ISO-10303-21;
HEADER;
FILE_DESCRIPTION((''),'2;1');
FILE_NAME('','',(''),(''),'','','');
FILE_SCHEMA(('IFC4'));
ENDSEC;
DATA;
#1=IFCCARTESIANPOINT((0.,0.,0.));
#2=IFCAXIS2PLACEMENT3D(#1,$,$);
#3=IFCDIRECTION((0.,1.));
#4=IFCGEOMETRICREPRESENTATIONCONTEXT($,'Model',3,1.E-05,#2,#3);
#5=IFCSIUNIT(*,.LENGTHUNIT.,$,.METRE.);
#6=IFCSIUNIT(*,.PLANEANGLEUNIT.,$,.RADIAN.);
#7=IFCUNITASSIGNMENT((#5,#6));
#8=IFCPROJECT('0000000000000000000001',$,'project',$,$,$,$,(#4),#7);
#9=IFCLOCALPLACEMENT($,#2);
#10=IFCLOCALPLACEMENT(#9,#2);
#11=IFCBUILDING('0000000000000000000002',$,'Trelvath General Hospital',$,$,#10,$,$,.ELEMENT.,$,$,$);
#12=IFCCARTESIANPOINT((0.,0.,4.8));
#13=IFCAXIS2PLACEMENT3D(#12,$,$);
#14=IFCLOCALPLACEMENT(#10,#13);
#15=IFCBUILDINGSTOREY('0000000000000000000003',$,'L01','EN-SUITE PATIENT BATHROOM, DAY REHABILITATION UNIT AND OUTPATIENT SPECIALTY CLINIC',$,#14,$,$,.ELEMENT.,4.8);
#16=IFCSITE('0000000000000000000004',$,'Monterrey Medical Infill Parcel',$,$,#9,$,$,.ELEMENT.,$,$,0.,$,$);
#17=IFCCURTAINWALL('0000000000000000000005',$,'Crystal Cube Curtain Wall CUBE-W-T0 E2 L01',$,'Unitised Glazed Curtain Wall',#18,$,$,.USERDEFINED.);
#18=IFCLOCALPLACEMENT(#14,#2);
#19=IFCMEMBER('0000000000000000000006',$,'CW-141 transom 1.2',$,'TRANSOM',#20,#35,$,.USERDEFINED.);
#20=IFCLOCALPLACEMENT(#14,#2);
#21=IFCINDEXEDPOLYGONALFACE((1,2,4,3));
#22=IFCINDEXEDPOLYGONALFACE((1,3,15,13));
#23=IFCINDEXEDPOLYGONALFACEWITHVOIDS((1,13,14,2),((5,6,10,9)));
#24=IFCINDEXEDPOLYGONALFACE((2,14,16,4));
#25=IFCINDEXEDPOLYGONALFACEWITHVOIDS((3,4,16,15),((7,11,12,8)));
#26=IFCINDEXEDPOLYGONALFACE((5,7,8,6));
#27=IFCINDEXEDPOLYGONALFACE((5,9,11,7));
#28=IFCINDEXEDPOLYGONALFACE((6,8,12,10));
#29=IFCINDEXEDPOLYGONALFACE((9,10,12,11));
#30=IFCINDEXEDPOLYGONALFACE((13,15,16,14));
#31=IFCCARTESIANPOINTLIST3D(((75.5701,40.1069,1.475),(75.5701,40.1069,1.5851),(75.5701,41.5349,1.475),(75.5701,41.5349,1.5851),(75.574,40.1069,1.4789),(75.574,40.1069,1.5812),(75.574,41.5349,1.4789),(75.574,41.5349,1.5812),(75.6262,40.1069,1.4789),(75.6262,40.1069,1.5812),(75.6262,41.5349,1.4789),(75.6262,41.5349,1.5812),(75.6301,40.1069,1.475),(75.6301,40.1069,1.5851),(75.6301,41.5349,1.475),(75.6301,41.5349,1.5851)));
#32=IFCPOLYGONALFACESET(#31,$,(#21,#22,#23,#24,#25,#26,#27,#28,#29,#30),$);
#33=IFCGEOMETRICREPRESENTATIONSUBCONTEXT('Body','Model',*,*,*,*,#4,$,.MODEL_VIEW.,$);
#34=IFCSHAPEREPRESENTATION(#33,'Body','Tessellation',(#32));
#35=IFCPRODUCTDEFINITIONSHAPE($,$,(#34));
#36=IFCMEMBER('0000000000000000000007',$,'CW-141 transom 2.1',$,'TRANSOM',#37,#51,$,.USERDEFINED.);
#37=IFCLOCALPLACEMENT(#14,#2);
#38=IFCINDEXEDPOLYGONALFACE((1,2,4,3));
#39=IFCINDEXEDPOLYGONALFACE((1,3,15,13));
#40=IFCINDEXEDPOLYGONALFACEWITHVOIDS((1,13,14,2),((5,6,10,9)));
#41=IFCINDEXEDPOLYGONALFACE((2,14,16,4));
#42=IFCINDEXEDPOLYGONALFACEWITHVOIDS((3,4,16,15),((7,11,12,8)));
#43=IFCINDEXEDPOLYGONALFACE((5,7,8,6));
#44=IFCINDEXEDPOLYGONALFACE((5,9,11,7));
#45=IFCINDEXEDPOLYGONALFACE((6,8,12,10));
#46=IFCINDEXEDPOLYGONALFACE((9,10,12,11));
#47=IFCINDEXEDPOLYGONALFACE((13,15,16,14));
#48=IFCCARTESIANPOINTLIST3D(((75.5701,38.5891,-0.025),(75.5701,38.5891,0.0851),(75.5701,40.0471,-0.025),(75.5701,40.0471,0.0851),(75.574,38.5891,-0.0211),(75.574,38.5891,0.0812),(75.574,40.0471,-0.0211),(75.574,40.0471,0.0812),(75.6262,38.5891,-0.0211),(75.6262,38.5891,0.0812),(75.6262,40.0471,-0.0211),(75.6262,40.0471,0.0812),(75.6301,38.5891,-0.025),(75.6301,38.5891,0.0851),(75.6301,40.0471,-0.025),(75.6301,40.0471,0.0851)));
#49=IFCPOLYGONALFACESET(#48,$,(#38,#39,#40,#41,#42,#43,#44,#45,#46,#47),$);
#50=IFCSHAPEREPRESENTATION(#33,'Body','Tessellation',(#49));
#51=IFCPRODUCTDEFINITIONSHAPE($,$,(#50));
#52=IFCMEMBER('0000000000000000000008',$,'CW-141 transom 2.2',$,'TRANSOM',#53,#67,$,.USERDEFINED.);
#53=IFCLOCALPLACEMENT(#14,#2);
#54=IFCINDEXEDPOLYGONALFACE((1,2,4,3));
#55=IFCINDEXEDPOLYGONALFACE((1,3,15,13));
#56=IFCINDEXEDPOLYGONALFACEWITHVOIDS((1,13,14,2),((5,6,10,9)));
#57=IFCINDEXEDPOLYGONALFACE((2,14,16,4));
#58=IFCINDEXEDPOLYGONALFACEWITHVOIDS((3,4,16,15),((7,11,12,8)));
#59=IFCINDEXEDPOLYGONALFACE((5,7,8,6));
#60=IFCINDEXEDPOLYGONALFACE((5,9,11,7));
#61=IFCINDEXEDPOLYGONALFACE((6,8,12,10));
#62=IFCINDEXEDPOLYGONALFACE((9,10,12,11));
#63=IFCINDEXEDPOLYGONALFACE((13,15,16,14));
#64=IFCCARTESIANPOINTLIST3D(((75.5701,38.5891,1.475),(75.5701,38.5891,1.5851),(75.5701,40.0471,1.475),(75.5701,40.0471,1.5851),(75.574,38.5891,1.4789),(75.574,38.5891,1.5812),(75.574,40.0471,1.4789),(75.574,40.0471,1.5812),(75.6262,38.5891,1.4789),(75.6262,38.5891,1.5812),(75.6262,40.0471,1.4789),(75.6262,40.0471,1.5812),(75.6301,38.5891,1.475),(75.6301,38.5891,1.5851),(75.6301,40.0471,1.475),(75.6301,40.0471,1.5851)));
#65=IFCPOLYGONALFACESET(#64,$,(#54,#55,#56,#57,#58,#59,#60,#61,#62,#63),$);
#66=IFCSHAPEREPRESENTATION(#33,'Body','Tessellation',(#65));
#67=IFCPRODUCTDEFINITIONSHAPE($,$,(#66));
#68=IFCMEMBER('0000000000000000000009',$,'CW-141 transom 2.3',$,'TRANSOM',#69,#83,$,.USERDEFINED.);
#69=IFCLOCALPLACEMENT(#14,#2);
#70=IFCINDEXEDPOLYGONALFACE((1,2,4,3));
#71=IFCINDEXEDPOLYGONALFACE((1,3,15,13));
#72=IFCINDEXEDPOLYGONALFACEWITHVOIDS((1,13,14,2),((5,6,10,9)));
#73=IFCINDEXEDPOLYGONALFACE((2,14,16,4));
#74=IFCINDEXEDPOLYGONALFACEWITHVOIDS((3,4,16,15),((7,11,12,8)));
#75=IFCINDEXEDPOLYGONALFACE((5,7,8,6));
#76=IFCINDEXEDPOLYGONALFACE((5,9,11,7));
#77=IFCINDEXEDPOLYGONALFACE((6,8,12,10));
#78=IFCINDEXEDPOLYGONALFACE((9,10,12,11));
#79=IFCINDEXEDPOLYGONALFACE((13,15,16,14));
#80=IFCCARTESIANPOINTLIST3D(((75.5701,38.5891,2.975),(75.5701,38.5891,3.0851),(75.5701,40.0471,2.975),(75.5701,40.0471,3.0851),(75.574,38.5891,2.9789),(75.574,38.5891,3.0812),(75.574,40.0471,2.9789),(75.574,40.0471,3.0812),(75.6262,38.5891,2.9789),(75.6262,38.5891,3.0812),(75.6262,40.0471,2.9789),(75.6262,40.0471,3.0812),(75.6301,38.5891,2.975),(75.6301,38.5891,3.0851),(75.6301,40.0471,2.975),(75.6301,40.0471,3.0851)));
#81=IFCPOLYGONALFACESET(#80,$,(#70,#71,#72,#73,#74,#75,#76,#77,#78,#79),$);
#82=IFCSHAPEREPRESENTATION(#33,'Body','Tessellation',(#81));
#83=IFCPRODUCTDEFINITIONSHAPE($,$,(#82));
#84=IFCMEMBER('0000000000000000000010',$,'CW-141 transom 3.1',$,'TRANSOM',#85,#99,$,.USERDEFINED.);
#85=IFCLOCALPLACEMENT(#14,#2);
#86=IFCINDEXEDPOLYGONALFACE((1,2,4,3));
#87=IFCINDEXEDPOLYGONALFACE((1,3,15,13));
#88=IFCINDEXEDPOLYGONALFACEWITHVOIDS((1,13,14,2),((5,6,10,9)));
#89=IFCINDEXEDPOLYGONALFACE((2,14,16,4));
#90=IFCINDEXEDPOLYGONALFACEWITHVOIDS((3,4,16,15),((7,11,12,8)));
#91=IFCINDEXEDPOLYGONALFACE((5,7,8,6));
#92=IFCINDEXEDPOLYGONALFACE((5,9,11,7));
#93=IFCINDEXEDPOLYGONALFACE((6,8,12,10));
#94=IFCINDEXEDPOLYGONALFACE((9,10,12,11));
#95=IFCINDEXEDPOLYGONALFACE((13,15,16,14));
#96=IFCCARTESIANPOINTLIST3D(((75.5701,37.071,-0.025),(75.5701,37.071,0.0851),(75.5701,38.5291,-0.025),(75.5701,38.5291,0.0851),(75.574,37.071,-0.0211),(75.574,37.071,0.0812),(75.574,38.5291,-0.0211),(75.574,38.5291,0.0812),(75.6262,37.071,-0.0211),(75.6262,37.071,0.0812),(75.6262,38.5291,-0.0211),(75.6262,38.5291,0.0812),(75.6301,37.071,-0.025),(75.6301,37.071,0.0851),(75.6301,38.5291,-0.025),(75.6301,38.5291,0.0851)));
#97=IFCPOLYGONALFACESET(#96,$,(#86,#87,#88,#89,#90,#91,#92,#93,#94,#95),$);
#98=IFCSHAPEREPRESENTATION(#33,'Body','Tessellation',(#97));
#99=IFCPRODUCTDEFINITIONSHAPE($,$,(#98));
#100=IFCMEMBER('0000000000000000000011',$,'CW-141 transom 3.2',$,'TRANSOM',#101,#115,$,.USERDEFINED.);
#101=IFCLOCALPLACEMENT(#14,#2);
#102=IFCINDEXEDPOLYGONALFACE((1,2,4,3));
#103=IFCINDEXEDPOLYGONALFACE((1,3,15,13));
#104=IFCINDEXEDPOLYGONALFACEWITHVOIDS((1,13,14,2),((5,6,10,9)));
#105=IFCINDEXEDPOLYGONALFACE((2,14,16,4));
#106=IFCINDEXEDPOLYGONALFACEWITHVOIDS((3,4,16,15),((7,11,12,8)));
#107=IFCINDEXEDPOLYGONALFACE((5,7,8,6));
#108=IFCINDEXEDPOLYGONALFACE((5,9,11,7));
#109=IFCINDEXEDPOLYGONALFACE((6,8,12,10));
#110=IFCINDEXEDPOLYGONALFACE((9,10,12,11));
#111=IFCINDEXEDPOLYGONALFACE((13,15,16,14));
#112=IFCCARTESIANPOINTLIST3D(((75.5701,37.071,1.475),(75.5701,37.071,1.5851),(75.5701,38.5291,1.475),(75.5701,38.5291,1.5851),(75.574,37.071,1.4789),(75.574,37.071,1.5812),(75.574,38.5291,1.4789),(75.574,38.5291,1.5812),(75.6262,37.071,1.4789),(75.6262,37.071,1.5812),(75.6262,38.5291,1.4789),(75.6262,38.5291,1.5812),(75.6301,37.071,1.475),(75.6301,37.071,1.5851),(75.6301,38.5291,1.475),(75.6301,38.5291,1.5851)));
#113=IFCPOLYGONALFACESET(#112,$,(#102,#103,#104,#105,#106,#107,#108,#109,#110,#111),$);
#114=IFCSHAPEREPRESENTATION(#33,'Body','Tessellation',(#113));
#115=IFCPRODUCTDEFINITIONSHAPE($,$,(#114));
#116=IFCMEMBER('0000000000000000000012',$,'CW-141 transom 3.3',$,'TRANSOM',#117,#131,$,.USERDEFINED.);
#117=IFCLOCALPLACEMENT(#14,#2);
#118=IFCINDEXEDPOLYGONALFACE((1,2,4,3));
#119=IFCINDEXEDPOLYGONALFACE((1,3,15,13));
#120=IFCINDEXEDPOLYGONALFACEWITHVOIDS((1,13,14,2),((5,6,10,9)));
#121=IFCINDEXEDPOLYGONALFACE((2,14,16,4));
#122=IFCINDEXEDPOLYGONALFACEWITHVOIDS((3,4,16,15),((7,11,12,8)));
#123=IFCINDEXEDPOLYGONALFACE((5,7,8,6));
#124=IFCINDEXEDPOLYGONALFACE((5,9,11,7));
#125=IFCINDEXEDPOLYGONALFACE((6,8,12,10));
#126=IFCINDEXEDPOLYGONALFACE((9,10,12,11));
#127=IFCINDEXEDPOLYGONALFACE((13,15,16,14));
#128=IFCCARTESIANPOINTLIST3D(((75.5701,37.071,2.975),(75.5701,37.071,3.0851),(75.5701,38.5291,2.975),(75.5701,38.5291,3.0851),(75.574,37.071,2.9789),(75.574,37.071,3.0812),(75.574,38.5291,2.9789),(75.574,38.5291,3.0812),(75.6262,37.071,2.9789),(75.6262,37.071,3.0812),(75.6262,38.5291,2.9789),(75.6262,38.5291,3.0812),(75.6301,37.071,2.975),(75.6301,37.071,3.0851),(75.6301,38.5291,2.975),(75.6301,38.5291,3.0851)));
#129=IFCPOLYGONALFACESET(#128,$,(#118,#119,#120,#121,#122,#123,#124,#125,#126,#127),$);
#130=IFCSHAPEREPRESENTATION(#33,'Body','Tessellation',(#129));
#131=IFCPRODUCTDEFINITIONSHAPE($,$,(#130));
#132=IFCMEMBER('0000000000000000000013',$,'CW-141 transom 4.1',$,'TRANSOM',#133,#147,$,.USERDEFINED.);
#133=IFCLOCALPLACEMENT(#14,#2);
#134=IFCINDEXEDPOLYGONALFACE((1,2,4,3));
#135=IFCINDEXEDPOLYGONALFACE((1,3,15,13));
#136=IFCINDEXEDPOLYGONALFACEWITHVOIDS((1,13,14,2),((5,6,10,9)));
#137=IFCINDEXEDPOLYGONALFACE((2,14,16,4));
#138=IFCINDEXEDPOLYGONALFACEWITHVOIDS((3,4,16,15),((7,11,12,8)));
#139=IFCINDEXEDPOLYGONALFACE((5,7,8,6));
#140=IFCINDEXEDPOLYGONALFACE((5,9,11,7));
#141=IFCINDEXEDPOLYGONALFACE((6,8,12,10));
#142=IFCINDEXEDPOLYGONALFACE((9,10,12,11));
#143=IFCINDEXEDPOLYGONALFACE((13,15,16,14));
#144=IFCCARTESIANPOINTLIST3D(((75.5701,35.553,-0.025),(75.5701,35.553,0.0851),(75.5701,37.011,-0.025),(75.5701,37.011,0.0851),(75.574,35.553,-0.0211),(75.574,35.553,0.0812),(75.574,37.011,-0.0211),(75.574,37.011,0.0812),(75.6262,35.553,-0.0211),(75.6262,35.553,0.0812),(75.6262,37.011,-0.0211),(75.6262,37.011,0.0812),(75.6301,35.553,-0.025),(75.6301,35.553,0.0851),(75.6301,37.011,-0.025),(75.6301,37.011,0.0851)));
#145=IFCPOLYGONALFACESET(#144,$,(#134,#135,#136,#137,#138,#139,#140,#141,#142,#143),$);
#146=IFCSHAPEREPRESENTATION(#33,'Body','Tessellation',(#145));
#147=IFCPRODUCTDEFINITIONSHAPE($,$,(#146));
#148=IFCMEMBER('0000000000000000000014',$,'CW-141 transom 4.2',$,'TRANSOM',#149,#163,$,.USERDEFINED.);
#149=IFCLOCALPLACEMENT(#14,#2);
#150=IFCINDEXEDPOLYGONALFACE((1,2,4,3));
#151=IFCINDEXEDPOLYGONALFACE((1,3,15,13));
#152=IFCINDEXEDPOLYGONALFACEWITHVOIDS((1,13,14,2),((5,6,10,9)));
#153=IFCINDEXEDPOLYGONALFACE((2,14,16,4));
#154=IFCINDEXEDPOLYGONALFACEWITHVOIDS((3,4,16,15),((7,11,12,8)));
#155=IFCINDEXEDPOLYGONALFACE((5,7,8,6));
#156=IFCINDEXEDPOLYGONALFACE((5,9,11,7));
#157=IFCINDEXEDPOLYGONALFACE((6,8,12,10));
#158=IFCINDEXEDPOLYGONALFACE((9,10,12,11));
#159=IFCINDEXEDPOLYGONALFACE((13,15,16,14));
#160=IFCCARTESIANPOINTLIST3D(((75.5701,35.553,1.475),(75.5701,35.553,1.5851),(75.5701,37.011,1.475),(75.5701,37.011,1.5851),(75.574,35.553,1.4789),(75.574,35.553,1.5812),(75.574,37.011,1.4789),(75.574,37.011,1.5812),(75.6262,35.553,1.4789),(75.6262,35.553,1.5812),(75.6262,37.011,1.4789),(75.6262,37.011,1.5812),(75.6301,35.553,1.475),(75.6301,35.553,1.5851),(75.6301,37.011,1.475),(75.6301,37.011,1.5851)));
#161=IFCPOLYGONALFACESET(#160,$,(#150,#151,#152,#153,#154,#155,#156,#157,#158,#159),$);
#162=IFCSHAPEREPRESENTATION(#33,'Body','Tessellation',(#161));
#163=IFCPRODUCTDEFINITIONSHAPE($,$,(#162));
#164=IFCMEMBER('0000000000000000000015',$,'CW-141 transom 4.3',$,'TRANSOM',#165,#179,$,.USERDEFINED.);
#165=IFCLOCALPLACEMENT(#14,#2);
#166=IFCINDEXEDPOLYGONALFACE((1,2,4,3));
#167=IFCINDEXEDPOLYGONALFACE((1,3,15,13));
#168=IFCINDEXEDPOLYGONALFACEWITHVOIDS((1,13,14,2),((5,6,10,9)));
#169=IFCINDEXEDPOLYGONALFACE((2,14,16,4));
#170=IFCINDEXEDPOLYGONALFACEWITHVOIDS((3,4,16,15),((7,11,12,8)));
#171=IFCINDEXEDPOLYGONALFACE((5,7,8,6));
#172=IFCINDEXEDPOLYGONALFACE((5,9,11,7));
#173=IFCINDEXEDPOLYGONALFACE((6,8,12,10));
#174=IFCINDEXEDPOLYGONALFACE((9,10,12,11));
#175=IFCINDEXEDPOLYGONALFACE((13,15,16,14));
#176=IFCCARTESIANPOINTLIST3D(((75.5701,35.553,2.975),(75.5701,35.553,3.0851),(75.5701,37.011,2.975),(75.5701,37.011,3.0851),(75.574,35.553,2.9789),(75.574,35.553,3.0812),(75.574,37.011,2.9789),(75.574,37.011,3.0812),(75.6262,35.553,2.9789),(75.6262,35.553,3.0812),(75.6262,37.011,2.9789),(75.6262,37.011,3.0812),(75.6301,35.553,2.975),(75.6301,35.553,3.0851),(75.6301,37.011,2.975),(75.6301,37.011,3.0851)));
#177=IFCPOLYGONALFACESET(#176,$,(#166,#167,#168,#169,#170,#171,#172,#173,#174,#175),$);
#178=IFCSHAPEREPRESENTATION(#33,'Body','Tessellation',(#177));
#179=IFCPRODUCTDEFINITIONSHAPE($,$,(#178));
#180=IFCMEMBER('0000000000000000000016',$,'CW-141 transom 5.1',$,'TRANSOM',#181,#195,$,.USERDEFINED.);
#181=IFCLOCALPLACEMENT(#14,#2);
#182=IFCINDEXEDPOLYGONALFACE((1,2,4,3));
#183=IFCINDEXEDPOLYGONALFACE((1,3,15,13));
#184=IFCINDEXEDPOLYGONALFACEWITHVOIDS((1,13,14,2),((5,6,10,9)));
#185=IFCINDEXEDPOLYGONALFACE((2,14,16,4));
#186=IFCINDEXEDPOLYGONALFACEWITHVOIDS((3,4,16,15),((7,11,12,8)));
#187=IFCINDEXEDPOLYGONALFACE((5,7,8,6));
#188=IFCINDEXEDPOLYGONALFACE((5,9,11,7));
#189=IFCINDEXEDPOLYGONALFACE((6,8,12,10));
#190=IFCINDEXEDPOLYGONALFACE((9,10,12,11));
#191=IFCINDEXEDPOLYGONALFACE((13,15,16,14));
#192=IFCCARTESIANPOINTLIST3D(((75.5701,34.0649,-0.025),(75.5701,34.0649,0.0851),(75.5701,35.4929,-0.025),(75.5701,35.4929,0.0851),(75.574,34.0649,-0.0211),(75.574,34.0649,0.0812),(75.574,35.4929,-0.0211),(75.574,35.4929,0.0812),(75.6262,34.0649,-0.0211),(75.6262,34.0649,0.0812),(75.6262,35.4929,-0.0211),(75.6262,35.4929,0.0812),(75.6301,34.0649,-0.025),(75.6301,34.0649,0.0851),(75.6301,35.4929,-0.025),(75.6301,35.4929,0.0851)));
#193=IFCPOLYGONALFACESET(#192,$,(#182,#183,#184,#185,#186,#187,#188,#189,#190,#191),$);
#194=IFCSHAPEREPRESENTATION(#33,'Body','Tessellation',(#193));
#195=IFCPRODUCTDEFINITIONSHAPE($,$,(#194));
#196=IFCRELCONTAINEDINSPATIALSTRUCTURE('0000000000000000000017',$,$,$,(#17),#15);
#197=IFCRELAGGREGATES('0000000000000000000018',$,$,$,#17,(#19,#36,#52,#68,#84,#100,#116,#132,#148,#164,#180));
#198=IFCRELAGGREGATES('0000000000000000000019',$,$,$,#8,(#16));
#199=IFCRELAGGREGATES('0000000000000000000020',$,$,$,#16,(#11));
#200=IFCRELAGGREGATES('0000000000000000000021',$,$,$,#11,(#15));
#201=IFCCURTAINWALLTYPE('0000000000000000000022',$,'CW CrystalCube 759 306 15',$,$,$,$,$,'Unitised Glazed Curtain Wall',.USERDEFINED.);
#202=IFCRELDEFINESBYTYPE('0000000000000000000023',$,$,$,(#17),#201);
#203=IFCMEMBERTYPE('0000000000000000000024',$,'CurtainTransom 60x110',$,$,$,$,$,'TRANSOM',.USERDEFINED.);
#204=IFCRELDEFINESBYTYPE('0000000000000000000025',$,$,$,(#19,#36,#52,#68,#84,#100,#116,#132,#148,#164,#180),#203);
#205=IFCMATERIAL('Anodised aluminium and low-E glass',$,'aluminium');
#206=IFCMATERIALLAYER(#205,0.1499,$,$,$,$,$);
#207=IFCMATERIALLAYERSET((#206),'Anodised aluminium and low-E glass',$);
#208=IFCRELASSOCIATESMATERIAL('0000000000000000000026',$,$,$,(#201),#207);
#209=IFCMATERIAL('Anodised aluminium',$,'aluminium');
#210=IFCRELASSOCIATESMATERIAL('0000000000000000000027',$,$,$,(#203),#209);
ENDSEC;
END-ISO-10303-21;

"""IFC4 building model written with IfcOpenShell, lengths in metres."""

from ifc_helpers import new_model, si_unit, direction, frame, origin, origin_2d, place, context, subcontext, project, spatial, hollow_rectangle, extrude, material, layer, layer_set, material_profile, profile_set, type_object, element, aggregate, save


model = new_model("IFC4")

# Units and contexts
model_context = context("Model", 3, precision=1e-05, world=origin(), true_north=direction((0.0, 1.0)))
body_context = subcontext(model_context, "Body", "Model", "MODEL_VIEW")
ifc_project = project(units=[si_unit("LENGTHUNIT", "METRE"), si_unit("PLANEANGLEUNIT", "RADIAN")], contexts=[model_context])

# Site, building, storey
site_placement = place(None, origin())
site = spatial("IfcSite", under=ifc_project, at=site_placement, Name="Monterrey Medical Infill Parcel", CompositionType="ELEMENT", RefElevation=0.0)
building_placement = place(site_placement, origin())
building = spatial("IfcBuilding", under=site, at=building_placement, Name="Trelvath General Hospital", CompositionType="ELEMENT")
storey_placement = place(building_placement, frame((0.0, 0.0, 4.8)))
storey = spatial("IfcBuildingStorey", under=building, at=storey_placement, Name="L01", Description="EN-SUITE PATIENT BATHROOM, DAY REHABILITATION UNIT AND OUTPATIENT SPECIALTY CLINIC", CompositionType="ELEMENT", Elevation=4.8)

# Curtain wall, members
ifc_material_1 = material(Name="Anodised aluminium and low-E glass", Category="aluminium")
ifc_layer_1 = layer(ifc_material_1, 0.1499)
ifc_layer_set_1 = layer_set([ifc_layer_1], Name="Anodised aluminium and low-E glass")
curtain_wall_type = type_object("IfcCurtainWallType", Name="CW CrystalCube 759 306 15", ElementType="Unitised Glazed Curtain Wall", PredefinedType="USERDEFINED", material=ifc_layer_set_1)
curtain_wall_placement = place(storey_placement, origin())
curtain_wall = element("IfcCurtainWall", 1, at=curtain_wall_placement, inside=storey, type_object=curtain_wall_type, Name="Crystal Cube Curtain Wall CUBE-W-T0 E2 L01", ObjectType="Unitised Glazed Curtain Wall", PredefinedType="USERDEFINED")
ifc_material_2 = material(Name="Anodised aluminium", Category="aluminium")
ifc_material_profile_1 = material_profile(ifc_material_2, hollow_rectangle(XDim=0.0601, YDim=0.1101, WallThickness=0.0039, at=origin_2d()), Name="RHS60x110x4")
ifc_profile_set_1 = profile_set([ifc_material_profile_1], Name="Anodised aluminium")
member_type_1 = type_object("IfcMemberType", Name="CurtainTransom 60x110", ElementType="TRANSOM", PredefinedType="USERDEFINED", material=ifc_profile_set_1)
member_1_placement = place(storey_placement, frame((75.6001, 41.5349, 1.53), z_axis=(0.0, -1.0, 0.0), x_axis=(1.0, 0.0, 0.0)))
member_1 = element("IfcMember", 2, at=member_1_placement, type_object=member_type_1, Name="CW-141 transom 1.2", ObjectType="TRANSOM", PredefinedType="USERDEFINED", context=body_context, shape_type="SweptSolid", body=[
    extrude(hollow_rectangle(XDim=0.0601, YDim=0.1101, WallThickness=0.0039, at=origin_2d()), origin(), (0.0, 0.0, 1.0), 1.428),
])
member_2_placement = place(storey_placement, frame((75.6001, 40.0471, 0.03), z_axis=(0.0, -1.0, 0.0), x_axis=(1.0, 0.0, 0.0)))
member_2 = element("IfcMember", 3, at=member_2_placement, type_object=member_type_1, Name="CW-141 transom 2.1", ObjectType="TRANSOM", PredefinedType="USERDEFINED", context=body_context, shape_type="SweptSolid", body=[
    extrude(hollow_rectangle(XDim=0.0601, YDim=0.1101, WallThickness=0.0039, at=origin_2d()), origin(), (0.0, 0.0, 1.0), 1.458),
])
member_3_placement = place(storey_placement, frame((75.6001, 40.0471, 1.53), z_axis=(0.0, -1.0, 0.0), x_axis=(1.0, 0.0, 0.0)))
member_3 = element("IfcMember", 4, at=member_3_placement, type_object=member_type_1, Name="CW-141 transom 2.2", ObjectType="TRANSOM", PredefinedType="USERDEFINED", context=body_context, shape_type="SweptSolid", body=[
    extrude(hollow_rectangle(XDim=0.0601, YDim=0.1101, WallThickness=0.0039, at=origin_2d()), origin(), (0.0, 0.0, 1.0), 1.458),
])
member_4_placement = place(storey_placement, frame((75.6001, 40.0471, 3.03), z_axis=(0.0, -1.0, 0.0), x_axis=(1.0, 0.0, 0.0)))
member_4 = element("IfcMember", 5, at=member_4_placement, type_object=member_type_1, Name="CW-141 transom 2.3", ObjectType="TRANSOM", PredefinedType="USERDEFINED", context=body_context, shape_type="SweptSolid", body=[
    extrude(hollow_rectangle(XDim=0.0601, YDim=0.1101, WallThickness=0.0039, at=origin_2d()), origin(), (0.0, 0.0, 1.0), 1.458),
])
member_5_placement = place(storey_placement, frame((75.6001, 38.5291, 0.03), z_axis=(0.0, -1.0, 0.0), x_axis=(1.0, 0.0, 0.0)))
member_5 = element("IfcMember", 6, at=member_5_placement, type_object=member_type_1, Name="CW-141 transom 3.1", ObjectType="TRANSOM", PredefinedType="USERDEFINED", context=body_context, shape_type="SweptSolid", body=[
    extrude(hollow_rectangle(XDim=0.0601, YDim=0.1101, WallThickness=0.0039, at=origin_2d()), origin(), (0.0, 0.0, 1.0), 1.458),
])
member_6_placement = place(storey_placement, frame((75.6001, 38.5291, 1.53), z_axis=(0.0, -1.0, 0.0), x_axis=(1.0, 0.0, 0.0)))
member_6 = element("IfcMember", 7, at=member_6_placement, type_object=member_type_1, Name="CW-141 transom 3.2", ObjectType="TRANSOM", PredefinedType="USERDEFINED", context=body_context, shape_type="SweptSolid", body=[
    extrude(hollow_rectangle(XDim=0.0601, YDim=0.1101, WallThickness=0.0039, at=origin_2d()), origin(), (0.0, 0.0, 1.0), 1.458),
])
member_7_placement = place(storey_placement, frame((75.6001, 38.5291, 3.03), z_axis=(0.0, -1.0, 0.0), x_axis=(1.0, 0.0, 0.0)))
member_7 = element("IfcMember", 8, at=member_7_placement, type_object=member_type_1, Name="CW-141 transom 3.3", ObjectType="TRANSOM", PredefinedType="USERDEFINED", context=body_context, shape_type="SweptSolid", body=[
    extrude(hollow_rectangle(XDim=0.0601, YDim=0.1101, WallThickness=0.0039, at=origin_2d()), origin(), (0.0, 0.0, 1.0), 1.458),
])
member_8_placement = place(storey_placement, frame((75.6001, 37.011, 0.03), z_axis=(0.0, -1.0, 0.0), x_axis=(1.0, 0.0, 0.0)))
member_8 = element("IfcMember", 9, at=member_8_placement, type_object=member_type_1, Name="CW-141 transom 4.1", ObjectType="TRANSOM", PredefinedType="USERDEFINED", context=body_context, shape_type="SweptSolid", body=[
    extrude(hollow_rectangle(XDim=0.0601, YDim=0.1101, WallThickness=0.0039, at=origin_2d()), origin(), (0.0, 0.0, 1.0), 1.458),
])
member_9_placement = place(storey_placement, frame((75.6001, 37.011, 1.53), z_axis=(0.0, -1.0, 0.0), x_axis=(1.0, 0.0, 0.0)))
member_9 = element("IfcMember", 10, at=member_9_placement, type_object=member_type_1, Name="CW-141 transom 4.2", ObjectType="TRANSOM", PredefinedType="USERDEFINED", context=body_context, shape_type="SweptSolid", body=[
    extrude(hollow_rectangle(XDim=0.0601, YDim=0.1101, WallThickness=0.0039, at=origin_2d()), origin(), (0.0, 0.0, 1.0), 1.458),
])
member_10_placement = place(storey_placement, frame((75.6001, 37.011, 3.03), z_axis=(0.0, -1.0, 0.0), x_axis=(1.0, 0.0, 0.0)))
member_10 = element("IfcMember", 11, at=member_10_placement, type_object=member_type_1, Name="CW-141 transom 4.3", ObjectType="TRANSOM", PredefinedType="USERDEFINED", context=body_context, shape_type="SweptSolid", body=[
    extrude(hollow_rectangle(XDim=0.0601, YDim=0.1101, WallThickness=0.0039, at=origin_2d()), origin(), (0.0, 0.0, 1.0), 1.458),
])
member_11_placement = place(storey_placement, frame((75.6001, 35.4929, 0.03), z_axis=(0.0, -1.0, 0.0), x_axis=(1.0, 0.0, 0.0)))
member_11 = element("IfcMember", 12, at=member_11_placement, type_object=member_type_1, Name="CW-141 transom 5.1", ObjectType="TRANSOM", PredefinedType="USERDEFINED", context=body_context, shape_type="SweptSolid", body=[
    extrude(hollow_rectangle(XDim=0.0601, YDim=0.1101, WallThickness=0.0039, at=origin_2d()), origin(), (0.0, 0.0, 1.0), 1.428),
])
aggregate(curtain_wall, [member_1, member_2, member_3, member_4, member_5, member_6, member_7, member_8, member_9, member_10, member_11])

save(model, "model.ifc")
